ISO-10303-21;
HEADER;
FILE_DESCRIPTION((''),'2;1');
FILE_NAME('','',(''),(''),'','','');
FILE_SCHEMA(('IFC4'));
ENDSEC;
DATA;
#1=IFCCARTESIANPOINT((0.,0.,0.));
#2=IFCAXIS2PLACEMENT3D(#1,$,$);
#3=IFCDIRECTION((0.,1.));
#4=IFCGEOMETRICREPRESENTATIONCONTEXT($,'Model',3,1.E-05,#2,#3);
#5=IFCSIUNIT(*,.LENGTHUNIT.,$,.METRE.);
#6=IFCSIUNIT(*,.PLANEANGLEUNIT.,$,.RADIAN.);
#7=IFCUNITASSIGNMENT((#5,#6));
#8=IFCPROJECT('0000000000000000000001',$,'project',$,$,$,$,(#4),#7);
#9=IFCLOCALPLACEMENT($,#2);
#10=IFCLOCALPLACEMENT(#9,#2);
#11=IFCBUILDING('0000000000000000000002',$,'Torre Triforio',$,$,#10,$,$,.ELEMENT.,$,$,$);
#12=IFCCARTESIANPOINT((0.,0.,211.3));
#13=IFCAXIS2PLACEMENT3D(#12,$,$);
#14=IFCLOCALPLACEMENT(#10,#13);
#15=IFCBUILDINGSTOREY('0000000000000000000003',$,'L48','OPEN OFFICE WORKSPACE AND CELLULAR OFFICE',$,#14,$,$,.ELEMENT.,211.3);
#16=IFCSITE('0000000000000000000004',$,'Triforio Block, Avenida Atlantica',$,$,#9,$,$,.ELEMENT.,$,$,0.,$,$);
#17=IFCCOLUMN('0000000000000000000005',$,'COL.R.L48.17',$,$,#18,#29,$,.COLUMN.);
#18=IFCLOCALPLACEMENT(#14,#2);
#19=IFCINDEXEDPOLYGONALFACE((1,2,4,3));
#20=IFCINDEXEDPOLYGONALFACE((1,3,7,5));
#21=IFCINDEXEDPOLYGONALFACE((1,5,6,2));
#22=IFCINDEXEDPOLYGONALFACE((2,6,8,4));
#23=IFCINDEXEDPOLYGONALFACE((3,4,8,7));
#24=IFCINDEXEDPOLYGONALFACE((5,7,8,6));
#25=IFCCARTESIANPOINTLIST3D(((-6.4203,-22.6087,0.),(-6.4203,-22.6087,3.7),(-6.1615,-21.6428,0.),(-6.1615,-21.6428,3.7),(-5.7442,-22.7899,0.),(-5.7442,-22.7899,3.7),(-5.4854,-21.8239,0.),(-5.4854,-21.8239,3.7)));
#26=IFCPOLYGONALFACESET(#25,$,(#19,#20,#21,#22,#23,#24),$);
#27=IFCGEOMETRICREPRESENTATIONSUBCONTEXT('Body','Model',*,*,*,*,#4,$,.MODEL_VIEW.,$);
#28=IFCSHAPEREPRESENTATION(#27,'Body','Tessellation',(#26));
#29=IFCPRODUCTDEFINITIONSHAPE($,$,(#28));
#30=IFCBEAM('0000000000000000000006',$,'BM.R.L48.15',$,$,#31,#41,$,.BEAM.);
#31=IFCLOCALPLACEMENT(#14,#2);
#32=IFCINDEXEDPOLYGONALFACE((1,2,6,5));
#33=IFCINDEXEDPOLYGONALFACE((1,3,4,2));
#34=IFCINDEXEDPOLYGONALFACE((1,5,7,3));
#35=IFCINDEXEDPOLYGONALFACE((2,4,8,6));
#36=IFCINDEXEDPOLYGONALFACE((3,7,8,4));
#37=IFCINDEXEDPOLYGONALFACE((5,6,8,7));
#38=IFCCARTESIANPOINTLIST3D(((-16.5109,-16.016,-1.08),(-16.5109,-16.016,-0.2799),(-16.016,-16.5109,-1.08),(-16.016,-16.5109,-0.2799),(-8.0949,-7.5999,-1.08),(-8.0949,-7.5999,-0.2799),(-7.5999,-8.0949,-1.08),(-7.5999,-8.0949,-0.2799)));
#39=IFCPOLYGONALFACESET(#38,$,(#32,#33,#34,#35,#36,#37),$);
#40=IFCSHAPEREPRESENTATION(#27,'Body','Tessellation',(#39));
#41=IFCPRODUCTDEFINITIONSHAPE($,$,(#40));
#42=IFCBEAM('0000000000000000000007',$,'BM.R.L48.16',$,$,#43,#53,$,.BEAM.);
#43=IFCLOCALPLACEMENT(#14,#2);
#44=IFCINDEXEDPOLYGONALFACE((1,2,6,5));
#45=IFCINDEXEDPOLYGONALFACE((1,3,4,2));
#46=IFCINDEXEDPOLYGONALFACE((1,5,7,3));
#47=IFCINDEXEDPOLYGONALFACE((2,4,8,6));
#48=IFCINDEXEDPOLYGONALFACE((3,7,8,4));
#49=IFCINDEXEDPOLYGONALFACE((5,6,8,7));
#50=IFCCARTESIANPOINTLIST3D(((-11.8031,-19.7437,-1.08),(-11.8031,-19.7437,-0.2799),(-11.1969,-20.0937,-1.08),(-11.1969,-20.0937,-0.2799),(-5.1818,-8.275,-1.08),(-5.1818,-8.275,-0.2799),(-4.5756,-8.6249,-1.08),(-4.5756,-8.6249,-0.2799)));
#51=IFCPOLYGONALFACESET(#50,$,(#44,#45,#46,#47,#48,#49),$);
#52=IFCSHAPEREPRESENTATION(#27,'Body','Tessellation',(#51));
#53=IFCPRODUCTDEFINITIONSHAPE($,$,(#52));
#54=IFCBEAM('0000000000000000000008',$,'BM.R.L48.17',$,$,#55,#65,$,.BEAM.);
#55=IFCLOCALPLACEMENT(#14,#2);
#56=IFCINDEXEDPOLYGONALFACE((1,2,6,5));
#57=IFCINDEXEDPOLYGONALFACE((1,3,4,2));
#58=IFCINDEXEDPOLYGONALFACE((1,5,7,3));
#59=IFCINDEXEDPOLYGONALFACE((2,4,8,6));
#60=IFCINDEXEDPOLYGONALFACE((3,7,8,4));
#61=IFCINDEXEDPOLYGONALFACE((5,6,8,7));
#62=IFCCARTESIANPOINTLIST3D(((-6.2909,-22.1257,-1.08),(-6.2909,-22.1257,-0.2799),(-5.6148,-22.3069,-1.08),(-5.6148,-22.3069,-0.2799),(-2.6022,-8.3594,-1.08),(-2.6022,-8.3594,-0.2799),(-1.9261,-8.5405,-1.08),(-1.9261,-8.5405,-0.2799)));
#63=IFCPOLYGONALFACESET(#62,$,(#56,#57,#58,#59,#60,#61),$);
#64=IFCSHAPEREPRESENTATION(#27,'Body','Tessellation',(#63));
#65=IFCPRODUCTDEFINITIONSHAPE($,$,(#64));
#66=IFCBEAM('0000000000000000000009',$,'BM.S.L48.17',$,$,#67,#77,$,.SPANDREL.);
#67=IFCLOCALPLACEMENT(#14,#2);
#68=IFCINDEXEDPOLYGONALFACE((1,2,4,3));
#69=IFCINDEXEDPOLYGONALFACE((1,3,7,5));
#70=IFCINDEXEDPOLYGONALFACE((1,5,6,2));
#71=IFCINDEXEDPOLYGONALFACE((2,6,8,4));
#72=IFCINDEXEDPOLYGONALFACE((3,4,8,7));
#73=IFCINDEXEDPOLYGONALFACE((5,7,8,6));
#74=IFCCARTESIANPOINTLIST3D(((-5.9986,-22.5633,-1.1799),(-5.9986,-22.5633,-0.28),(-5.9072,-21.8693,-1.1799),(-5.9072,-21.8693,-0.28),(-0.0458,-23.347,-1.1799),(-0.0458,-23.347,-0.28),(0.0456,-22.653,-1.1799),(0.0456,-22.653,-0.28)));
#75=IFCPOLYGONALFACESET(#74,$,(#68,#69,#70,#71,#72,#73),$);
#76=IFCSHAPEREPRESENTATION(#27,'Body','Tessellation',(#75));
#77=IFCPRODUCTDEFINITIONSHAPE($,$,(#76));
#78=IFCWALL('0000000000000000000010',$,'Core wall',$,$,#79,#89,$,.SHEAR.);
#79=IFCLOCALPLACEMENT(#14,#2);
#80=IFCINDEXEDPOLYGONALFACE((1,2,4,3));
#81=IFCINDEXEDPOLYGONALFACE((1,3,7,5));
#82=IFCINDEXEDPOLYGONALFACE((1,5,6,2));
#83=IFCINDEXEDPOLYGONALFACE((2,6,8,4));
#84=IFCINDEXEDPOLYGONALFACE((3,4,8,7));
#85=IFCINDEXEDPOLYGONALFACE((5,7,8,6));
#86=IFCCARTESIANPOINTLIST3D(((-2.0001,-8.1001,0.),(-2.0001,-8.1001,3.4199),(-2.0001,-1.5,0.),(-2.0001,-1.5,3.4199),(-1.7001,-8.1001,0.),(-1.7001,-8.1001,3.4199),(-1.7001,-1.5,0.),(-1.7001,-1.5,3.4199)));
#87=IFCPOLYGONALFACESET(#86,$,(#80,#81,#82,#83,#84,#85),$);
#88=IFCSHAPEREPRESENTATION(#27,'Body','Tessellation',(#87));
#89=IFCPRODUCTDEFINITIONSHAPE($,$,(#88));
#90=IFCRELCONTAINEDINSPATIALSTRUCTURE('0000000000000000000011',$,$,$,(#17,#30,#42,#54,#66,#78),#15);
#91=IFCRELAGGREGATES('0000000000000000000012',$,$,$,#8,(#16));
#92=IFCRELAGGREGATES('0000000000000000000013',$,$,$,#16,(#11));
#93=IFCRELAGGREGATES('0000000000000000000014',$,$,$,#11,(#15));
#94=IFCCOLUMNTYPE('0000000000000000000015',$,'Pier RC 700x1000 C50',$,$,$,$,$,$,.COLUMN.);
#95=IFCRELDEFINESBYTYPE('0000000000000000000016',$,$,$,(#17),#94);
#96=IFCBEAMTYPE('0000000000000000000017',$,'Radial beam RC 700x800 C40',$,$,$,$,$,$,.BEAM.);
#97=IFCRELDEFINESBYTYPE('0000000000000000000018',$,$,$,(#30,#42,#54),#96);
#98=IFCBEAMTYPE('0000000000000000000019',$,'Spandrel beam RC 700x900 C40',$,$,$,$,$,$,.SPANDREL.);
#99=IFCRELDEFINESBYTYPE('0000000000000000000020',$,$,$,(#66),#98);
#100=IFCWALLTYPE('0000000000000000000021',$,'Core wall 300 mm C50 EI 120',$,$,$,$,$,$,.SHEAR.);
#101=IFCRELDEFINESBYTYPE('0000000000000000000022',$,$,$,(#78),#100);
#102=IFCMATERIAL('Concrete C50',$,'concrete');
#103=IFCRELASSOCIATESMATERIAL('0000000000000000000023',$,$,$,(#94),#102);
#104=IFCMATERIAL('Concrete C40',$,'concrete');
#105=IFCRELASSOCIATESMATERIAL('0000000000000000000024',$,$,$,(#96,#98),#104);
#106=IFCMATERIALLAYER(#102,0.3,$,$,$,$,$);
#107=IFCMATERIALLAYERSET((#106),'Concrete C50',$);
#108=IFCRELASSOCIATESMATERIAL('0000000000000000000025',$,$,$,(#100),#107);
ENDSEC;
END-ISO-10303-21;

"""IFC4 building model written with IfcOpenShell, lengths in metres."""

from ifc_helpers import new_model, si_unit, direction, frame, frame_2d, origin, origin_2d, place, context, subcontext, project, spatial, rectangle, extrude, material, layer, layer_set, material_profile, profile_set, type_object, element, save


model = new_model("IFC4")

# Units and contexts
model_context = context("Model", 3, precision=1e-05, world=origin(), true_north=direction((0.0, 1.0)))
body_context = subcontext(model_context, "Body", "Model", "MODEL_VIEW")
ifc_project = project(units=[si_unit("LENGTHUNIT", "METRE"), si_unit("PLANEANGLEUNIT", "RADIAN")], contexts=[model_context])

# Site, building, storey
site_placement = place(None, origin())
site = spatial("IfcSite", under=ifc_project, at=site_placement, Name="Triforio Block, Avenida Atlantica", CompositionType="ELEMENT", RefElevation=0.0)
building_placement = place(site_placement, origin())
building = spatial("IfcBuilding", under=site, at=building_placement, Name="Torre Triforio", CompositionType="ELEMENT")
storey_placement = place(building_placement, frame((0.0, 0.0, 211.3)))
storey = spatial("IfcBuildingStorey", under=building, at=storey_placement, Name="L48", Description="OPEN OFFICE WORKSPACE AND CELLULAR OFFICE", CompositionType="ELEMENT", Elevation=211.3)

# Column
ifc_material_1 = material(Name="Concrete C50", Category="concrete")
ifc_material_profile_1 = material_profile(ifc_material_1, rectangle(XDim=0.7, YDim=1.0, at=origin_2d()), Name="RC 700x1000")
ifc_profile_set_1 = profile_set([ifc_material_profile_1], Name="Concrete C50")
column_type = type_object("IfcColumnType", Name="Pier RC 700x1000 C50", PredefinedType="COLUMN", material=ifc_profile_set_1)
column_placement = place(storey_placement, frame((-5.9529, -22.2163, 0.0), z_axis=(0.0, 0.0, 1.0), x_axis=(0.965926, -0.258819, 0.0)))
element("IfcColumn", 1, at=column_placement, inside=storey, type_object=column_type, Name="COL.R.L48.17", PredefinedType="COLUMN", context=body_context, shape_type="SweptSolid", body=[
    extrude(rectangle(XDim=0.7, YDim=1.0, at=origin_2d()), origin(), (0.0, 0.0, 1.0), 3.7),
])

# Beams
ifc_material_2 = material(Name="Concrete C40", Category="concrete")
ifc_material_profile_2 = material_profile(ifc_material_2, rectangle(XDim=0.7, YDim=0.8, at=origin_2d()), Name="RC 700x800")
ifc_profile_set_2 = profile_set([ifc_material_profile_2], Name="Concrete C40")
beam_type_1 = type_object("IfcBeamType", Name="Radial beam RC 700x800 C40", PredefinedType="BEAM", material=ifc_profile_set_2)
beam_1_placement = place(storey_placement, frame((-7.8474, -7.8474, -0.6799), z_axis=(-0.707107, -0.707107, 0.0), x_axis=(0.707107, -0.707107, 0.0)))
element("IfcBeam", 2, at=beam_1_placement, inside=storey, type_object=beam_type_1, Name="BM.R.L48.15", PredefinedType="BEAM", context=body_context, shape_type="SweptSolid", body=[
    extrude(rectangle(XDim=0.7, YDim=0.8, at=origin_2d()), origin(), (0.0, 0.0, 1.0), 11.9021),
])
beam_2_placement = place(storey_placement, frame((-4.8787, -8.45, -0.6799), z_axis=(-0.499992, -0.86603, 0.0), x_axis=(0.86603, -0.499992, 0.0)))
element("IfcBeam", 3, at=beam_2_placement, inside=storey, type_object=beam_type_1, Name="BM.R.L48.16", PredefinedType="BEAM", context=body_context, shape_type="SweptSolid", body=[
    extrude(rectangle(XDim=0.7, YDim=0.8, at=origin_2d()), origin(), (0.0, 0.0, 1.0), 13.2429),
])
beam_3_placement = place(storey_placement, frame((-2.2642, -8.45, -0.6799), z_axis=(-0.258821, -0.965925, 0.0), x_axis=(0.965925, -0.258821, 0.0)))
element("IfcBeam", 4, at=beam_3_placement, inside=storey, type_object=beam_type_1, Name="BM.R.L48.17", PredefinedType="BEAM", context=body_context, shape_type="SweptSolid", body=[
    extrude(rectangle(XDim=0.7, YDim=0.8, at=origin_2d()), origin(), (0.0, 0.0, 1.0), 14.252),
])
ifc_material_profile_3 = material_profile(ifc_material_2, rectangle(XDim=0.7, YDim=0.8999, at=origin_2d()), Name="RC 700x900")
ifc_profile_set_3 = profile_set([ifc_material_profile_3], Name="Concrete C40")
beam_type_2 = type_object("IfcBeamType", Name="Spandrel beam RC 700x900 C40", PredefinedType="SPANDREL", material=ifc_profile_set_3)
beam_4_placement = place(storey_placement, frame((-5.9529, -22.2163, -0.73), z_axis=(0.991445, -0.130523, 0.0), x_axis=(0.130523, 0.991445, 0.0)))
element("IfcBeam", 5, at=beam_4_placement, inside=storey, type_object=beam_type_2, Name="BM.S.L48.17", PredefinedType="SPANDREL", context=body_context, shape_type="SweptSolid", body=[
    extrude(rectangle(XDim=0.7, YDim=0.8999, at=origin_2d()), origin(), (0.0, 0.0, 1.0), 6.0042),
])

# Wall
ifc_layer_1 = layer(ifc_material_1, 0.3)
ifc_layer_set_1 = layer_set([ifc_layer_1], Name="Concrete C50")
wall_type_1 = type_object("IfcWallType", Name="Core wall 300 mm C50 EI 120", PredefinedType="SHEAR", material=ifc_layer_set_1)
wall_1_placement = place(storey_placement, frame((-1.8501, -8.1001, 0.0), z_axis=(0.0, 0.0, 1.0), x_axis=(0.0, 1.0, 0.0)))
element("IfcWall", 6, at=wall_1_placement, inside=storey, type_object=wall_type_1, Name="Core wall", PredefinedType="SHEAR", context=body_context, shape_type="SweptSolid", body=[
    extrude(rectangle(XDim=6.6001, YDim=0.3, at=frame_2d((3.3, 0.0))), origin(), (0.0, 0.0, 1.0), 3.4199),
])

save(model, "model.ifc")
